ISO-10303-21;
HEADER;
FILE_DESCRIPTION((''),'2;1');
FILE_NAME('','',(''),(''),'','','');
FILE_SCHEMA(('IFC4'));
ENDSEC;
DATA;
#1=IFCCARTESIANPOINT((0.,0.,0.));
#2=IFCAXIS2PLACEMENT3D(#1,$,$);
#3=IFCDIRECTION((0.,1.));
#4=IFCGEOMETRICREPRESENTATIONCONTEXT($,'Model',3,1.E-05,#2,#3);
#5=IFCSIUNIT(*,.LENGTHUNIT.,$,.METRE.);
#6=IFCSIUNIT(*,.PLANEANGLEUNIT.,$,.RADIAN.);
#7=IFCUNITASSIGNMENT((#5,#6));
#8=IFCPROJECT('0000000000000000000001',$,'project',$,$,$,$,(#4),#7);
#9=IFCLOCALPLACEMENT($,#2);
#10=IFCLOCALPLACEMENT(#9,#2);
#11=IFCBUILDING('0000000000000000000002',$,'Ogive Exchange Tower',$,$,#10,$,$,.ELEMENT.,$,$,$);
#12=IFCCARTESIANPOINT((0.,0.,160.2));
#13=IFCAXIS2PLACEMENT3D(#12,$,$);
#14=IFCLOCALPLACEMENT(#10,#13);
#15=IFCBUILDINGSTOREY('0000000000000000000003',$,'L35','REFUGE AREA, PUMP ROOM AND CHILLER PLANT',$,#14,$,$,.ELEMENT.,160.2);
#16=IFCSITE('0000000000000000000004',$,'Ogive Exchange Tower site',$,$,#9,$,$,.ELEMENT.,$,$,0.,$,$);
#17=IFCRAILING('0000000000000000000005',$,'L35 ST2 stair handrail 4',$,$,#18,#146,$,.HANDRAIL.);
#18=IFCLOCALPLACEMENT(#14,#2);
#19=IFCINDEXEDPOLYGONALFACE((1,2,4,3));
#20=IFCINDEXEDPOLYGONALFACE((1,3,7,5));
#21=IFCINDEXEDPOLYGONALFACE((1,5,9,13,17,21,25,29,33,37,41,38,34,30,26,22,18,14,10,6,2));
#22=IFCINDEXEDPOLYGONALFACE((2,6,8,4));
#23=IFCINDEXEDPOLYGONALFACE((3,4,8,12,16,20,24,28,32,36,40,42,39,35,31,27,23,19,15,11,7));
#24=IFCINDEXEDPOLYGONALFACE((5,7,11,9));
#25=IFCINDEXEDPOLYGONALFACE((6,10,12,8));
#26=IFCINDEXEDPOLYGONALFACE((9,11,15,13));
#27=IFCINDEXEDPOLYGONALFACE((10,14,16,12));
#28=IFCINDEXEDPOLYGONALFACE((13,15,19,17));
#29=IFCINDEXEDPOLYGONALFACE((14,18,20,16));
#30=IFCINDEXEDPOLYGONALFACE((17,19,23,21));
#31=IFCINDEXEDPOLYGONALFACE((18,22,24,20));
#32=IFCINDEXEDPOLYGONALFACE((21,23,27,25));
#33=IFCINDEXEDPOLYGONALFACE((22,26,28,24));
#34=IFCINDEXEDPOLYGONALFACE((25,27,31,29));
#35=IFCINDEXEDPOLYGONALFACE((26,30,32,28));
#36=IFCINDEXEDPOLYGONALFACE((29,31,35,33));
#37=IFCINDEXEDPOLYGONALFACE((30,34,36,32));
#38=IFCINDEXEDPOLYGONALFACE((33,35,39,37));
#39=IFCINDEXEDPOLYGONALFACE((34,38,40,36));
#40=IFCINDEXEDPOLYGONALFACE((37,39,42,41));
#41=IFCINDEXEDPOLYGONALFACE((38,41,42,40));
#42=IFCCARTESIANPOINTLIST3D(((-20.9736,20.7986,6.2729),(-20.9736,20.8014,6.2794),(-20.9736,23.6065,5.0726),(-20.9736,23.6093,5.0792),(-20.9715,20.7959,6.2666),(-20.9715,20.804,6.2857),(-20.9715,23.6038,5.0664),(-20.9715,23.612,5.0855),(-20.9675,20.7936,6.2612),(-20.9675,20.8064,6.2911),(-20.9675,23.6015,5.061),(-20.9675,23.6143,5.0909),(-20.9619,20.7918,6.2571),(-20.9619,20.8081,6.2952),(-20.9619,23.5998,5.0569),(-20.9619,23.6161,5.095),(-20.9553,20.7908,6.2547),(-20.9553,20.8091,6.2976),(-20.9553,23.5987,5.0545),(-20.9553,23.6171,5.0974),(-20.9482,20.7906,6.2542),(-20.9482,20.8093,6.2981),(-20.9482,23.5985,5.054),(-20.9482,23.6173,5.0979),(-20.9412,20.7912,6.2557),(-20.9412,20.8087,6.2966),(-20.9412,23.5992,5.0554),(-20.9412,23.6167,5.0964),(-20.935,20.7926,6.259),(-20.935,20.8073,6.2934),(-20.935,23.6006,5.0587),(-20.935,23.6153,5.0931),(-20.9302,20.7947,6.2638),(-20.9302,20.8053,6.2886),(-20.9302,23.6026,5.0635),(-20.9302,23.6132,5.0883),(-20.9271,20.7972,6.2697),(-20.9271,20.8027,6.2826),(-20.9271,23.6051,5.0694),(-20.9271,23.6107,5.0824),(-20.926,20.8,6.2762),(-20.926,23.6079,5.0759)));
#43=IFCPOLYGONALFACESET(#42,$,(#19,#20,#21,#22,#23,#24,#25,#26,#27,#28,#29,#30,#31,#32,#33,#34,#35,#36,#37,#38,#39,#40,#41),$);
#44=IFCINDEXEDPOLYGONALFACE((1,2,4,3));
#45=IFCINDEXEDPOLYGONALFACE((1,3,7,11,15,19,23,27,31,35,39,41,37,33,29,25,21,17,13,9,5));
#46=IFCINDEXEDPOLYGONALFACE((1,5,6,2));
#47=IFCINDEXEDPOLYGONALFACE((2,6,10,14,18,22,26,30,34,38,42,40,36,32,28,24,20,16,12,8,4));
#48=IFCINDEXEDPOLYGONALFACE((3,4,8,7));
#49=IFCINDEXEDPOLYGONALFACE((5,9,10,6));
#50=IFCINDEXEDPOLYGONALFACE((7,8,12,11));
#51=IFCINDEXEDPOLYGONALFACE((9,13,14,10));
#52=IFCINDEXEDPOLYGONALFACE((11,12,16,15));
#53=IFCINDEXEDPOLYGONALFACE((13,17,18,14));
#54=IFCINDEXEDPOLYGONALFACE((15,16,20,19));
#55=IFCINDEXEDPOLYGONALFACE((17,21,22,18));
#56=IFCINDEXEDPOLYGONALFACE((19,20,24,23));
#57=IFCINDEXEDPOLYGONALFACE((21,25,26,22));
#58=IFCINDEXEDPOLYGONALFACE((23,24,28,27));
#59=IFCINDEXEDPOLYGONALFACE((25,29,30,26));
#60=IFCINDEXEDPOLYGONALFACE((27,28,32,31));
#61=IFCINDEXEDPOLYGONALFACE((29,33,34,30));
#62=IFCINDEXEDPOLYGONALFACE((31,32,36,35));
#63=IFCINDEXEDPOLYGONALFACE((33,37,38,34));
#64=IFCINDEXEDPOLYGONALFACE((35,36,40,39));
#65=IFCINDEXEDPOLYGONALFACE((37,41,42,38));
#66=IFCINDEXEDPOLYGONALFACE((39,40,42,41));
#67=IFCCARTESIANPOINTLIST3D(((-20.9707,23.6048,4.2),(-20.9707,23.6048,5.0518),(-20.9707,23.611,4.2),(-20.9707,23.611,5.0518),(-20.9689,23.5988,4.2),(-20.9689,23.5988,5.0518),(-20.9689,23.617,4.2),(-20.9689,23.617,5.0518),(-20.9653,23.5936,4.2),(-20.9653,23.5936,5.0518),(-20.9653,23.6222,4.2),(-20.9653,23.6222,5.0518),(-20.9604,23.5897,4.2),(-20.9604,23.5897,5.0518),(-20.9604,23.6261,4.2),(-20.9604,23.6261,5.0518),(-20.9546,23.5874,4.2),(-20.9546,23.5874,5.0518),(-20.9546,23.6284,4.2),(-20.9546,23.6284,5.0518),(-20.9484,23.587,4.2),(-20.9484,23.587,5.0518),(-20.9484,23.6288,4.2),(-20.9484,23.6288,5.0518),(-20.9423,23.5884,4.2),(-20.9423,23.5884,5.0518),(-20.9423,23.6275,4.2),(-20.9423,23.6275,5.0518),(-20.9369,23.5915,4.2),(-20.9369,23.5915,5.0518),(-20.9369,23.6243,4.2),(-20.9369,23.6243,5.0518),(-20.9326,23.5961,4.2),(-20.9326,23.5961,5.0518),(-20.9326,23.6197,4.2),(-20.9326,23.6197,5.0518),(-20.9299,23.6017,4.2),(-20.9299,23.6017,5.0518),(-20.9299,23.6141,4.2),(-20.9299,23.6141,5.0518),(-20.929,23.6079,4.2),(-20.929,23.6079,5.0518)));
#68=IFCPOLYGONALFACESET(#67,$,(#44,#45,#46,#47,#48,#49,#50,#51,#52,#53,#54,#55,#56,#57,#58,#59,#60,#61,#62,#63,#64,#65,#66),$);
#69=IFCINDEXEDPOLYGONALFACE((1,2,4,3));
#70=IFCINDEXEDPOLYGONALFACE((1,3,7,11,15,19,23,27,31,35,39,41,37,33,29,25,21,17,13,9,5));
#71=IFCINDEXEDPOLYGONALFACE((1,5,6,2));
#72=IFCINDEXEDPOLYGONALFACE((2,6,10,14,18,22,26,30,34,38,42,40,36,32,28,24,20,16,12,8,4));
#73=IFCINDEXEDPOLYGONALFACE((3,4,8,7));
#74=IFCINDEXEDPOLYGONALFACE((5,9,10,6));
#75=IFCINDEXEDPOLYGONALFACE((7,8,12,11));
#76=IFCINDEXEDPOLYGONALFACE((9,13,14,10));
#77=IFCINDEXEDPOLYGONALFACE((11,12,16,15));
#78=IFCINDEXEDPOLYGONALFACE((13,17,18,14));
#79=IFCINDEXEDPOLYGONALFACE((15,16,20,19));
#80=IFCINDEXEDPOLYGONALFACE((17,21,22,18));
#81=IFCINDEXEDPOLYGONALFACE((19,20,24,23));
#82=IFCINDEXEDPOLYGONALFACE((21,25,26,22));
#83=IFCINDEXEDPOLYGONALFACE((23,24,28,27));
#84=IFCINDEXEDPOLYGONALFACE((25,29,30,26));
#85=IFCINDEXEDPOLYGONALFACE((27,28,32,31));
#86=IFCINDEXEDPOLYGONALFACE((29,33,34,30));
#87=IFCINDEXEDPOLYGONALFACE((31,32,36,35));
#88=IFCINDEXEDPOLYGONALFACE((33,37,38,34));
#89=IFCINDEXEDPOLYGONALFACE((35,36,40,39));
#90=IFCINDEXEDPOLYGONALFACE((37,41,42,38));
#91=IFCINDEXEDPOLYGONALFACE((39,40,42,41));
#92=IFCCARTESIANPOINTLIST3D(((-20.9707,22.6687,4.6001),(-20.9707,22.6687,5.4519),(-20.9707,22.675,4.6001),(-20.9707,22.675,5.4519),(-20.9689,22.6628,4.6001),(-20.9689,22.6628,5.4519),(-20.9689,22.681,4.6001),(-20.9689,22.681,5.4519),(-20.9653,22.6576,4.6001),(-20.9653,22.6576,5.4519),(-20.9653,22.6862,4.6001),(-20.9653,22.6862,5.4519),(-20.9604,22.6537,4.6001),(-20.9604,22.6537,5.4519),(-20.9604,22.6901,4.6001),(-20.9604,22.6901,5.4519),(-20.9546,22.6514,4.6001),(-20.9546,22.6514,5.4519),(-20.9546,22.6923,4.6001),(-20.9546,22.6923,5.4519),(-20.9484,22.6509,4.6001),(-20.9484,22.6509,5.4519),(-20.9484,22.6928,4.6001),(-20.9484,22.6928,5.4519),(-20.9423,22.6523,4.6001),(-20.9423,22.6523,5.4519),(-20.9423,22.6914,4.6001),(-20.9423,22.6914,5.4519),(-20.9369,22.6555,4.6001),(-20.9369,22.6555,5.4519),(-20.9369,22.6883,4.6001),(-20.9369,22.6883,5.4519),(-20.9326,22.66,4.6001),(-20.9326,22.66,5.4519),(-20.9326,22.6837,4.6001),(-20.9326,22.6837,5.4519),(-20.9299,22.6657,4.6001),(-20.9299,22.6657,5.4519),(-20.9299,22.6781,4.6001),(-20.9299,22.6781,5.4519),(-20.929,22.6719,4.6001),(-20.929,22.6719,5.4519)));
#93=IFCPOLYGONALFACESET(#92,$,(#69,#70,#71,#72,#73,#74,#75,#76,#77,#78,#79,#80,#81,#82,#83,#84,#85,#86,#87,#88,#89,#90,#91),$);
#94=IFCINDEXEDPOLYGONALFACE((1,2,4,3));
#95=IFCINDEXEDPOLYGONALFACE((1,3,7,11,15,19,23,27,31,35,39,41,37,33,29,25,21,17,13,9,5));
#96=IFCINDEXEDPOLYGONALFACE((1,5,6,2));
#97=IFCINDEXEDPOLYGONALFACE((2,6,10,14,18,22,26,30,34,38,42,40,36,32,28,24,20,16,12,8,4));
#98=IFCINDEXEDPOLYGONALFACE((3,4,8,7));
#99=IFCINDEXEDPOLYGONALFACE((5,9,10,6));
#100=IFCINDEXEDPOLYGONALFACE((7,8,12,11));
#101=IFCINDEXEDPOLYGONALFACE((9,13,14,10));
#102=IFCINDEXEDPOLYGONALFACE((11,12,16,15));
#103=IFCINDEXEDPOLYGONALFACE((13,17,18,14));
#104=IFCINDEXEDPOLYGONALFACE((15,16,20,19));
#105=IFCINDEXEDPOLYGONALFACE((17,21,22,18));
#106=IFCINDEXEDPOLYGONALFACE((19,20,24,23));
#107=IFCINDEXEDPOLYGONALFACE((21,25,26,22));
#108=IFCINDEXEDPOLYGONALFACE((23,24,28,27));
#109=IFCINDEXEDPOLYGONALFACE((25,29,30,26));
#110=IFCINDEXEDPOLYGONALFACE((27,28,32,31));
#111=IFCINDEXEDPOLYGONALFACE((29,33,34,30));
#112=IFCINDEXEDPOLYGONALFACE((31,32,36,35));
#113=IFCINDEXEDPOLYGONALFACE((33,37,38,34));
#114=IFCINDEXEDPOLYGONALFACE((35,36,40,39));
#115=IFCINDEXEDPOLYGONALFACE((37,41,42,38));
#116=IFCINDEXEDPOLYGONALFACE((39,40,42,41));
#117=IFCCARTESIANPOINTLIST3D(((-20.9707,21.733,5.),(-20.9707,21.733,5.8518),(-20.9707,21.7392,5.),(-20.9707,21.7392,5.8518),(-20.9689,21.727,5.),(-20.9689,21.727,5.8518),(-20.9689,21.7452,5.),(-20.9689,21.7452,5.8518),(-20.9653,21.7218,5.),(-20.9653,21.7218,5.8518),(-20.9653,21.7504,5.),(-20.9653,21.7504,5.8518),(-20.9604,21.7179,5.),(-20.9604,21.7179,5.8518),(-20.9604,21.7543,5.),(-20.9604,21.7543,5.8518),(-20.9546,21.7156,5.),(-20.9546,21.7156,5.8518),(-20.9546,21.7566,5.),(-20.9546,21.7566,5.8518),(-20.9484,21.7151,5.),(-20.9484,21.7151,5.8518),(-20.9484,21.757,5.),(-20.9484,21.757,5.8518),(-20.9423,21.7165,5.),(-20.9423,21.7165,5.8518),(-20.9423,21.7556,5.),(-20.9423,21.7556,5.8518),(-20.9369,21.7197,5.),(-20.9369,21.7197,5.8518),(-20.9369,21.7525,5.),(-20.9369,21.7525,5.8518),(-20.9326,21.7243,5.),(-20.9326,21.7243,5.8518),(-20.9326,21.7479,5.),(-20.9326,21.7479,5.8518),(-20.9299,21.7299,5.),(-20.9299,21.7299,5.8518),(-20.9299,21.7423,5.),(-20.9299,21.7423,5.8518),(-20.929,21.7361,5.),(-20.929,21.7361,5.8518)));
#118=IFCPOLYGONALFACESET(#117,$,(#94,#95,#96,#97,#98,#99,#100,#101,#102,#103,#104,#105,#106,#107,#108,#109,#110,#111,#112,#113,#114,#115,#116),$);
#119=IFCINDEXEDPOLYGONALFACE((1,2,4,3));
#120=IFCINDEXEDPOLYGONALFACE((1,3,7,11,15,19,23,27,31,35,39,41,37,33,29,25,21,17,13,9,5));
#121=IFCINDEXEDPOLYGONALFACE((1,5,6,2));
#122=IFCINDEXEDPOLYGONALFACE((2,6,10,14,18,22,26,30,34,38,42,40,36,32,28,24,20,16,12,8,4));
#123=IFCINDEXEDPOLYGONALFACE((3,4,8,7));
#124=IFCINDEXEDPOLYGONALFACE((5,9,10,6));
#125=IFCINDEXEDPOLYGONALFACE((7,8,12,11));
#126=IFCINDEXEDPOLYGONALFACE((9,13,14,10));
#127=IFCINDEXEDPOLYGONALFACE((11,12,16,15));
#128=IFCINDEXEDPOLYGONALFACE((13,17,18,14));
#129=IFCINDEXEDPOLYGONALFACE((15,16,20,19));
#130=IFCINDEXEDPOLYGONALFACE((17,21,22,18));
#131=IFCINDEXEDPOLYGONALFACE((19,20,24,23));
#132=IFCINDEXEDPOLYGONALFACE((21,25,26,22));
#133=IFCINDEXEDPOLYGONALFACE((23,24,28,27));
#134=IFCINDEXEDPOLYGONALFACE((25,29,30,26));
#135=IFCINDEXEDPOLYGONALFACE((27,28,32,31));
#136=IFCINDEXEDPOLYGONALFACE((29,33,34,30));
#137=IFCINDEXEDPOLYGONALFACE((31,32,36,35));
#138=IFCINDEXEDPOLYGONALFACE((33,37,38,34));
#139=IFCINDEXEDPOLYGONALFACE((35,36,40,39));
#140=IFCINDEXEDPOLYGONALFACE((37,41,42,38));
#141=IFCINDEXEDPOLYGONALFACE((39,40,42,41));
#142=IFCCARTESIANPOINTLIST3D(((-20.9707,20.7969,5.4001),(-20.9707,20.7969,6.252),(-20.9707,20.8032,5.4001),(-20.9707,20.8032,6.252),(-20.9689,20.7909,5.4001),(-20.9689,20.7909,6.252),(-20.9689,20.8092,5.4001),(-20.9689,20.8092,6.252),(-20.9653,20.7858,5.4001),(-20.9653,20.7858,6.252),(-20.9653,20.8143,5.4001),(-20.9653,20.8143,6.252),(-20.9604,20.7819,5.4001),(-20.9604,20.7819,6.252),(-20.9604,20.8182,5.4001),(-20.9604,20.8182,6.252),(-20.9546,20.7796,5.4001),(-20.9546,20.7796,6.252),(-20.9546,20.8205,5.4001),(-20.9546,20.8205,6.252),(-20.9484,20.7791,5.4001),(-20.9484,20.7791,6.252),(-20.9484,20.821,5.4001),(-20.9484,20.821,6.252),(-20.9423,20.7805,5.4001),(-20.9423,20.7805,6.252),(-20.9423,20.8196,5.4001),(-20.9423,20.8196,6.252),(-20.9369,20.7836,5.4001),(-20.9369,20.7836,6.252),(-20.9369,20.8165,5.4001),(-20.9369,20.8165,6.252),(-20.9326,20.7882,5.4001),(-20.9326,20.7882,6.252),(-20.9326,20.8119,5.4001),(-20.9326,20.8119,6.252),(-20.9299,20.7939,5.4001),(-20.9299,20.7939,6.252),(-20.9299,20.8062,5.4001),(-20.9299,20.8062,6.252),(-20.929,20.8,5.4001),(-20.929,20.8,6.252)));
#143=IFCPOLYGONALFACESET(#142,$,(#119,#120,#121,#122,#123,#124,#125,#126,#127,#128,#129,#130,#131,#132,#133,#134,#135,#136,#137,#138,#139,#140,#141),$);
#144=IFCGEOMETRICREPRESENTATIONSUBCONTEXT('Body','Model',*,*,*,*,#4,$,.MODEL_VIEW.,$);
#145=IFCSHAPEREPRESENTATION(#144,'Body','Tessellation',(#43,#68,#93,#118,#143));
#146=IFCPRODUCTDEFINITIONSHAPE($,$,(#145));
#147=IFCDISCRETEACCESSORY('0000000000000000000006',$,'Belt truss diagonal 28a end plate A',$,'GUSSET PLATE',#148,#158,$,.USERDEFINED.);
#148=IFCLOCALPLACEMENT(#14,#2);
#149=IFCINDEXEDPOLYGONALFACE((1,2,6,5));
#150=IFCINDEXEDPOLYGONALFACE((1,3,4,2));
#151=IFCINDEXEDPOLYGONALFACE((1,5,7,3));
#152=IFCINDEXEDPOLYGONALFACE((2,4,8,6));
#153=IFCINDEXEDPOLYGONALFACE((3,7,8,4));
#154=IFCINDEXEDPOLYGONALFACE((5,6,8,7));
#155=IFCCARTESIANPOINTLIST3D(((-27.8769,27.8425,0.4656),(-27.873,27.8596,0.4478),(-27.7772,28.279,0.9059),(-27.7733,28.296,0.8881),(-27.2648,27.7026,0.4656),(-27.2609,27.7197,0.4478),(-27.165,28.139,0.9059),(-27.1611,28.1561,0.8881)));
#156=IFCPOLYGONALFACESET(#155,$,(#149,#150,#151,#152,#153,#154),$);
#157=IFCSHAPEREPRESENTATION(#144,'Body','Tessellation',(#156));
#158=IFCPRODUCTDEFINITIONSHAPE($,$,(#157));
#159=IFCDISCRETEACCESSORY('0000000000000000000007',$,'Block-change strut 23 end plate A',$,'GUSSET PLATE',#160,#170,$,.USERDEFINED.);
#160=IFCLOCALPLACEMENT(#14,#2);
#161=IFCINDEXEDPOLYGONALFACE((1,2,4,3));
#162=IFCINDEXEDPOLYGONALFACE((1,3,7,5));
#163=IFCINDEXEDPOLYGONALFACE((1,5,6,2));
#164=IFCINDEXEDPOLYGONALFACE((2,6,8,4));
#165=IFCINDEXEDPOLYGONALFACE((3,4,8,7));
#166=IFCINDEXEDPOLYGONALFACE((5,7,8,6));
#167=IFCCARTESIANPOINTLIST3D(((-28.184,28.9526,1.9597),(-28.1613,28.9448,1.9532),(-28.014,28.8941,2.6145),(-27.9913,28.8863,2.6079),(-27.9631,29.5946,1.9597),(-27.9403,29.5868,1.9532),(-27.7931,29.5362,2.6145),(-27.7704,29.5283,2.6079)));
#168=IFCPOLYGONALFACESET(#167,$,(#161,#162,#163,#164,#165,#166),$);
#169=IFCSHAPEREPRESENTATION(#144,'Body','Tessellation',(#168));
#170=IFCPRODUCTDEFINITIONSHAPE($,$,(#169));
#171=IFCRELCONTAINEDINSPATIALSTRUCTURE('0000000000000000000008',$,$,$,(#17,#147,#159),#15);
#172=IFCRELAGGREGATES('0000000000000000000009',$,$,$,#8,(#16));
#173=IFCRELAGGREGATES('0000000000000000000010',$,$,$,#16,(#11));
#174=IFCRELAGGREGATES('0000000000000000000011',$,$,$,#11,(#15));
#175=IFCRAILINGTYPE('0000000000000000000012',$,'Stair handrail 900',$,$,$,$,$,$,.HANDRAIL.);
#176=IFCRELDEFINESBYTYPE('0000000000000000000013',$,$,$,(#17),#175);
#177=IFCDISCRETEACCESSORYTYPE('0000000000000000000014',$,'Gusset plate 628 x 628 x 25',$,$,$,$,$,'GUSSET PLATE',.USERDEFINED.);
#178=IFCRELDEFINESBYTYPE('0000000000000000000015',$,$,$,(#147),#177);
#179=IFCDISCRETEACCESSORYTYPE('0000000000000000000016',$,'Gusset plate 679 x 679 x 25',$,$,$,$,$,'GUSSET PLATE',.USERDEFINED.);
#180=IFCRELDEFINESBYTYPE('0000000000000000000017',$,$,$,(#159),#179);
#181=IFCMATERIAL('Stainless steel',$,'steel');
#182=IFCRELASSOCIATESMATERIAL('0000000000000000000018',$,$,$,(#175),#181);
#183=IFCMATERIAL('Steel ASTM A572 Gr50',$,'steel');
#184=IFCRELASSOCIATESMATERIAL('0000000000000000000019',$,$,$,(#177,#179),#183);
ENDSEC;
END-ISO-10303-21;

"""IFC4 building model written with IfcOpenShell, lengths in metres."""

from ifc_helpers import new_model, si_unit, direction, frame, origin, origin_2d, place, context, subcontext, project, spatial, rectangle, circle, extrude, material, material_profile, profile_set, type_object, element, save


model = new_model("IFC4")

# Units and contexts
model_context = context("Model", 3, precision=1e-05, world=origin(), true_north=direction((0.0, 1.0)))
body_context = subcontext(model_context, "Body", "Model", "MODEL_VIEW")
ifc_project = project(units=[si_unit("LENGTHUNIT", "METRE"), si_unit("PLANEANGLEUNIT", "RADIAN")], contexts=[model_context])

# Site, building, storey
site_placement = place(None, origin())
site = spatial("IfcSite", under=ifc_project, at=site_placement, Name="Ogive Exchange Tower site", CompositionType="ELEMENT", RefElevation=0.0)
building_placement = place(site_placement, origin())
building = spatial("IfcBuilding", under=site, at=building_placement, Name="Ogive Exchange Tower", CompositionType="ELEMENT")
storey_placement = place(building_placement, frame((0.0, 0.0, 160.2)))
storey = spatial("IfcBuildingStorey", under=building, at=storey_placement, Name="L35", Description="REFUGE AREA, PUMP ROOM AND CHILLER PLANT", CompositionType="ELEMENT", Elevation=160.2)

# Railing
ifc_material_1 = material(Name="Stainless steel", Category="steel")
railing_type = type_object("IfcRailingType", Name="Stair handrail 900", PredefinedType="HANDRAIL", material=ifc_material_1)
railing_1_placement = place(storey_placement, frame((-20.95, 23.6079, 4.2)))
element("IfcRailing", 1, at=railing_1_placement, inside=storey, type_object=railing_type, Name="L35 ST2 stair handrail 4", PredefinedType="HANDRAIL", context=body_context, shape_type="SweptSolid", body=[
    extrude(circle(Radius=0.0239, at=origin_2d()), frame((0.0, 0.0, 0.876), z_axis=(0.0, -0.919521, 0.393041), x_axis=(1.0, 0.0, 0.0)), (0.0, 0.0, 1.0), 3.0537),
    extrude(circle(Radius=0.021, at=origin_2d()), origin(), (0.0, 0.0, 1.0), 0.8518),
    extrude(circle(Radius=0.021, at=origin_2d()), frame((0.0, -0.936, 0.4001)), (0.0, 0.0, 1.0), 0.8518),
    extrude(circle(Radius=0.021, at=origin_2d()), frame((0.0, -1.8718, 0.8)), (0.0, 0.0, 1.0), 0.8518),
    extrude(circle(Radius=0.021, at=origin_2d()), frame((0.0, -2.8079, 1.2002)), (0.0, 0.0, 1.0), 0.8518),
])

# Discrete accessories
ifc_material_2 = material(Name="Steel ASTM A572 Gr50", Category="steel")
ifc_material_profile_1 = material_profile(ifc_material_2, rectangle(XDim=0.6279, YDim=0.6279, at=origin_2d()), Name="PL 628 x 628 x 25")
ifc_profile_set_1 = profile_set([ifc_material_profile_1], Name="Steel ASTM A572 Gr50")
discrete_accessory_type_1 = type_object("IfcDiscreteAccessoryType", Name="Gusset plate 628 x 628 x 25", ElementType="GUSSET PLATE", PredefinedType="USERDEFINED", material=ifc_profile_set_1)
discrete_accessory_1_placement = place(storey_placement, frame((-27.5171, 28.0078, 0.668), z_axis=(-0.156256, -0.683619, 0.712916), x_axis=(0.974859, -0.222825, 0.0)))
element("IfcDiscreteAccessory", 2, at=discrete_accessory_1_placement, inside=storey, type_object=discrete_accessory_type_1, Name="Belt truss diagonal 28a end plate A", ObjectType="GUSSET PLATE", PredefinedType="USERDEFINED", context=body_context, shape_type="SweptSolid", body=[
    extrude(rectangle(XDim=0.6279, YDim=0.6279, at=origin_2d()), origin(), (0.0, 0.0, 1.0), 0.0249),
])
ifc_material_profile_2 = material_profile(ifc_material_2, rectangle(XDim=0.679, YDim=0.679, at=origin_2d()), Name="PL 679 x 679 x 25")
ifc_profile_set_2 = profile_set([ifc_material_profile_2], Name="Steel ASTM A572 Gr50")
discrete_accessory_type_2 = type_object("IfcDiscreteAccessoryType", Name="Gusset plate 679 x 679 x 25", ElementType="GUSSET PLATE", PredefinedType="USERDEFINED", material=ifc_profile_set_2)
discrete_accessory_2_placement = place(storey_placement, frame((-27.9658, 29.2366, 2.2805), z_axis=(-0.911852, 0.313756, 0.264731), x_axis=(-0.325364, -0.945589, 0.0)))
element("IfcDiscreteAccessory", 3, at=discrete_accessory_2_placement, inside=storey, type_object=discrete_accessory_type_2, Name="Block-change strut 23 end plate A", ObjectType="GUSSET PLATE", PredefinedType="USERDEFINED", context=body_context, shape_type="SweptSolid", body=[
    extrude(rectangle(XDim=0.679, YDim=0.679, at=origin_2d()), origin(), (0.0, 0.0, 1.0), 0.0249),
])

save(model, "model.ifc")
